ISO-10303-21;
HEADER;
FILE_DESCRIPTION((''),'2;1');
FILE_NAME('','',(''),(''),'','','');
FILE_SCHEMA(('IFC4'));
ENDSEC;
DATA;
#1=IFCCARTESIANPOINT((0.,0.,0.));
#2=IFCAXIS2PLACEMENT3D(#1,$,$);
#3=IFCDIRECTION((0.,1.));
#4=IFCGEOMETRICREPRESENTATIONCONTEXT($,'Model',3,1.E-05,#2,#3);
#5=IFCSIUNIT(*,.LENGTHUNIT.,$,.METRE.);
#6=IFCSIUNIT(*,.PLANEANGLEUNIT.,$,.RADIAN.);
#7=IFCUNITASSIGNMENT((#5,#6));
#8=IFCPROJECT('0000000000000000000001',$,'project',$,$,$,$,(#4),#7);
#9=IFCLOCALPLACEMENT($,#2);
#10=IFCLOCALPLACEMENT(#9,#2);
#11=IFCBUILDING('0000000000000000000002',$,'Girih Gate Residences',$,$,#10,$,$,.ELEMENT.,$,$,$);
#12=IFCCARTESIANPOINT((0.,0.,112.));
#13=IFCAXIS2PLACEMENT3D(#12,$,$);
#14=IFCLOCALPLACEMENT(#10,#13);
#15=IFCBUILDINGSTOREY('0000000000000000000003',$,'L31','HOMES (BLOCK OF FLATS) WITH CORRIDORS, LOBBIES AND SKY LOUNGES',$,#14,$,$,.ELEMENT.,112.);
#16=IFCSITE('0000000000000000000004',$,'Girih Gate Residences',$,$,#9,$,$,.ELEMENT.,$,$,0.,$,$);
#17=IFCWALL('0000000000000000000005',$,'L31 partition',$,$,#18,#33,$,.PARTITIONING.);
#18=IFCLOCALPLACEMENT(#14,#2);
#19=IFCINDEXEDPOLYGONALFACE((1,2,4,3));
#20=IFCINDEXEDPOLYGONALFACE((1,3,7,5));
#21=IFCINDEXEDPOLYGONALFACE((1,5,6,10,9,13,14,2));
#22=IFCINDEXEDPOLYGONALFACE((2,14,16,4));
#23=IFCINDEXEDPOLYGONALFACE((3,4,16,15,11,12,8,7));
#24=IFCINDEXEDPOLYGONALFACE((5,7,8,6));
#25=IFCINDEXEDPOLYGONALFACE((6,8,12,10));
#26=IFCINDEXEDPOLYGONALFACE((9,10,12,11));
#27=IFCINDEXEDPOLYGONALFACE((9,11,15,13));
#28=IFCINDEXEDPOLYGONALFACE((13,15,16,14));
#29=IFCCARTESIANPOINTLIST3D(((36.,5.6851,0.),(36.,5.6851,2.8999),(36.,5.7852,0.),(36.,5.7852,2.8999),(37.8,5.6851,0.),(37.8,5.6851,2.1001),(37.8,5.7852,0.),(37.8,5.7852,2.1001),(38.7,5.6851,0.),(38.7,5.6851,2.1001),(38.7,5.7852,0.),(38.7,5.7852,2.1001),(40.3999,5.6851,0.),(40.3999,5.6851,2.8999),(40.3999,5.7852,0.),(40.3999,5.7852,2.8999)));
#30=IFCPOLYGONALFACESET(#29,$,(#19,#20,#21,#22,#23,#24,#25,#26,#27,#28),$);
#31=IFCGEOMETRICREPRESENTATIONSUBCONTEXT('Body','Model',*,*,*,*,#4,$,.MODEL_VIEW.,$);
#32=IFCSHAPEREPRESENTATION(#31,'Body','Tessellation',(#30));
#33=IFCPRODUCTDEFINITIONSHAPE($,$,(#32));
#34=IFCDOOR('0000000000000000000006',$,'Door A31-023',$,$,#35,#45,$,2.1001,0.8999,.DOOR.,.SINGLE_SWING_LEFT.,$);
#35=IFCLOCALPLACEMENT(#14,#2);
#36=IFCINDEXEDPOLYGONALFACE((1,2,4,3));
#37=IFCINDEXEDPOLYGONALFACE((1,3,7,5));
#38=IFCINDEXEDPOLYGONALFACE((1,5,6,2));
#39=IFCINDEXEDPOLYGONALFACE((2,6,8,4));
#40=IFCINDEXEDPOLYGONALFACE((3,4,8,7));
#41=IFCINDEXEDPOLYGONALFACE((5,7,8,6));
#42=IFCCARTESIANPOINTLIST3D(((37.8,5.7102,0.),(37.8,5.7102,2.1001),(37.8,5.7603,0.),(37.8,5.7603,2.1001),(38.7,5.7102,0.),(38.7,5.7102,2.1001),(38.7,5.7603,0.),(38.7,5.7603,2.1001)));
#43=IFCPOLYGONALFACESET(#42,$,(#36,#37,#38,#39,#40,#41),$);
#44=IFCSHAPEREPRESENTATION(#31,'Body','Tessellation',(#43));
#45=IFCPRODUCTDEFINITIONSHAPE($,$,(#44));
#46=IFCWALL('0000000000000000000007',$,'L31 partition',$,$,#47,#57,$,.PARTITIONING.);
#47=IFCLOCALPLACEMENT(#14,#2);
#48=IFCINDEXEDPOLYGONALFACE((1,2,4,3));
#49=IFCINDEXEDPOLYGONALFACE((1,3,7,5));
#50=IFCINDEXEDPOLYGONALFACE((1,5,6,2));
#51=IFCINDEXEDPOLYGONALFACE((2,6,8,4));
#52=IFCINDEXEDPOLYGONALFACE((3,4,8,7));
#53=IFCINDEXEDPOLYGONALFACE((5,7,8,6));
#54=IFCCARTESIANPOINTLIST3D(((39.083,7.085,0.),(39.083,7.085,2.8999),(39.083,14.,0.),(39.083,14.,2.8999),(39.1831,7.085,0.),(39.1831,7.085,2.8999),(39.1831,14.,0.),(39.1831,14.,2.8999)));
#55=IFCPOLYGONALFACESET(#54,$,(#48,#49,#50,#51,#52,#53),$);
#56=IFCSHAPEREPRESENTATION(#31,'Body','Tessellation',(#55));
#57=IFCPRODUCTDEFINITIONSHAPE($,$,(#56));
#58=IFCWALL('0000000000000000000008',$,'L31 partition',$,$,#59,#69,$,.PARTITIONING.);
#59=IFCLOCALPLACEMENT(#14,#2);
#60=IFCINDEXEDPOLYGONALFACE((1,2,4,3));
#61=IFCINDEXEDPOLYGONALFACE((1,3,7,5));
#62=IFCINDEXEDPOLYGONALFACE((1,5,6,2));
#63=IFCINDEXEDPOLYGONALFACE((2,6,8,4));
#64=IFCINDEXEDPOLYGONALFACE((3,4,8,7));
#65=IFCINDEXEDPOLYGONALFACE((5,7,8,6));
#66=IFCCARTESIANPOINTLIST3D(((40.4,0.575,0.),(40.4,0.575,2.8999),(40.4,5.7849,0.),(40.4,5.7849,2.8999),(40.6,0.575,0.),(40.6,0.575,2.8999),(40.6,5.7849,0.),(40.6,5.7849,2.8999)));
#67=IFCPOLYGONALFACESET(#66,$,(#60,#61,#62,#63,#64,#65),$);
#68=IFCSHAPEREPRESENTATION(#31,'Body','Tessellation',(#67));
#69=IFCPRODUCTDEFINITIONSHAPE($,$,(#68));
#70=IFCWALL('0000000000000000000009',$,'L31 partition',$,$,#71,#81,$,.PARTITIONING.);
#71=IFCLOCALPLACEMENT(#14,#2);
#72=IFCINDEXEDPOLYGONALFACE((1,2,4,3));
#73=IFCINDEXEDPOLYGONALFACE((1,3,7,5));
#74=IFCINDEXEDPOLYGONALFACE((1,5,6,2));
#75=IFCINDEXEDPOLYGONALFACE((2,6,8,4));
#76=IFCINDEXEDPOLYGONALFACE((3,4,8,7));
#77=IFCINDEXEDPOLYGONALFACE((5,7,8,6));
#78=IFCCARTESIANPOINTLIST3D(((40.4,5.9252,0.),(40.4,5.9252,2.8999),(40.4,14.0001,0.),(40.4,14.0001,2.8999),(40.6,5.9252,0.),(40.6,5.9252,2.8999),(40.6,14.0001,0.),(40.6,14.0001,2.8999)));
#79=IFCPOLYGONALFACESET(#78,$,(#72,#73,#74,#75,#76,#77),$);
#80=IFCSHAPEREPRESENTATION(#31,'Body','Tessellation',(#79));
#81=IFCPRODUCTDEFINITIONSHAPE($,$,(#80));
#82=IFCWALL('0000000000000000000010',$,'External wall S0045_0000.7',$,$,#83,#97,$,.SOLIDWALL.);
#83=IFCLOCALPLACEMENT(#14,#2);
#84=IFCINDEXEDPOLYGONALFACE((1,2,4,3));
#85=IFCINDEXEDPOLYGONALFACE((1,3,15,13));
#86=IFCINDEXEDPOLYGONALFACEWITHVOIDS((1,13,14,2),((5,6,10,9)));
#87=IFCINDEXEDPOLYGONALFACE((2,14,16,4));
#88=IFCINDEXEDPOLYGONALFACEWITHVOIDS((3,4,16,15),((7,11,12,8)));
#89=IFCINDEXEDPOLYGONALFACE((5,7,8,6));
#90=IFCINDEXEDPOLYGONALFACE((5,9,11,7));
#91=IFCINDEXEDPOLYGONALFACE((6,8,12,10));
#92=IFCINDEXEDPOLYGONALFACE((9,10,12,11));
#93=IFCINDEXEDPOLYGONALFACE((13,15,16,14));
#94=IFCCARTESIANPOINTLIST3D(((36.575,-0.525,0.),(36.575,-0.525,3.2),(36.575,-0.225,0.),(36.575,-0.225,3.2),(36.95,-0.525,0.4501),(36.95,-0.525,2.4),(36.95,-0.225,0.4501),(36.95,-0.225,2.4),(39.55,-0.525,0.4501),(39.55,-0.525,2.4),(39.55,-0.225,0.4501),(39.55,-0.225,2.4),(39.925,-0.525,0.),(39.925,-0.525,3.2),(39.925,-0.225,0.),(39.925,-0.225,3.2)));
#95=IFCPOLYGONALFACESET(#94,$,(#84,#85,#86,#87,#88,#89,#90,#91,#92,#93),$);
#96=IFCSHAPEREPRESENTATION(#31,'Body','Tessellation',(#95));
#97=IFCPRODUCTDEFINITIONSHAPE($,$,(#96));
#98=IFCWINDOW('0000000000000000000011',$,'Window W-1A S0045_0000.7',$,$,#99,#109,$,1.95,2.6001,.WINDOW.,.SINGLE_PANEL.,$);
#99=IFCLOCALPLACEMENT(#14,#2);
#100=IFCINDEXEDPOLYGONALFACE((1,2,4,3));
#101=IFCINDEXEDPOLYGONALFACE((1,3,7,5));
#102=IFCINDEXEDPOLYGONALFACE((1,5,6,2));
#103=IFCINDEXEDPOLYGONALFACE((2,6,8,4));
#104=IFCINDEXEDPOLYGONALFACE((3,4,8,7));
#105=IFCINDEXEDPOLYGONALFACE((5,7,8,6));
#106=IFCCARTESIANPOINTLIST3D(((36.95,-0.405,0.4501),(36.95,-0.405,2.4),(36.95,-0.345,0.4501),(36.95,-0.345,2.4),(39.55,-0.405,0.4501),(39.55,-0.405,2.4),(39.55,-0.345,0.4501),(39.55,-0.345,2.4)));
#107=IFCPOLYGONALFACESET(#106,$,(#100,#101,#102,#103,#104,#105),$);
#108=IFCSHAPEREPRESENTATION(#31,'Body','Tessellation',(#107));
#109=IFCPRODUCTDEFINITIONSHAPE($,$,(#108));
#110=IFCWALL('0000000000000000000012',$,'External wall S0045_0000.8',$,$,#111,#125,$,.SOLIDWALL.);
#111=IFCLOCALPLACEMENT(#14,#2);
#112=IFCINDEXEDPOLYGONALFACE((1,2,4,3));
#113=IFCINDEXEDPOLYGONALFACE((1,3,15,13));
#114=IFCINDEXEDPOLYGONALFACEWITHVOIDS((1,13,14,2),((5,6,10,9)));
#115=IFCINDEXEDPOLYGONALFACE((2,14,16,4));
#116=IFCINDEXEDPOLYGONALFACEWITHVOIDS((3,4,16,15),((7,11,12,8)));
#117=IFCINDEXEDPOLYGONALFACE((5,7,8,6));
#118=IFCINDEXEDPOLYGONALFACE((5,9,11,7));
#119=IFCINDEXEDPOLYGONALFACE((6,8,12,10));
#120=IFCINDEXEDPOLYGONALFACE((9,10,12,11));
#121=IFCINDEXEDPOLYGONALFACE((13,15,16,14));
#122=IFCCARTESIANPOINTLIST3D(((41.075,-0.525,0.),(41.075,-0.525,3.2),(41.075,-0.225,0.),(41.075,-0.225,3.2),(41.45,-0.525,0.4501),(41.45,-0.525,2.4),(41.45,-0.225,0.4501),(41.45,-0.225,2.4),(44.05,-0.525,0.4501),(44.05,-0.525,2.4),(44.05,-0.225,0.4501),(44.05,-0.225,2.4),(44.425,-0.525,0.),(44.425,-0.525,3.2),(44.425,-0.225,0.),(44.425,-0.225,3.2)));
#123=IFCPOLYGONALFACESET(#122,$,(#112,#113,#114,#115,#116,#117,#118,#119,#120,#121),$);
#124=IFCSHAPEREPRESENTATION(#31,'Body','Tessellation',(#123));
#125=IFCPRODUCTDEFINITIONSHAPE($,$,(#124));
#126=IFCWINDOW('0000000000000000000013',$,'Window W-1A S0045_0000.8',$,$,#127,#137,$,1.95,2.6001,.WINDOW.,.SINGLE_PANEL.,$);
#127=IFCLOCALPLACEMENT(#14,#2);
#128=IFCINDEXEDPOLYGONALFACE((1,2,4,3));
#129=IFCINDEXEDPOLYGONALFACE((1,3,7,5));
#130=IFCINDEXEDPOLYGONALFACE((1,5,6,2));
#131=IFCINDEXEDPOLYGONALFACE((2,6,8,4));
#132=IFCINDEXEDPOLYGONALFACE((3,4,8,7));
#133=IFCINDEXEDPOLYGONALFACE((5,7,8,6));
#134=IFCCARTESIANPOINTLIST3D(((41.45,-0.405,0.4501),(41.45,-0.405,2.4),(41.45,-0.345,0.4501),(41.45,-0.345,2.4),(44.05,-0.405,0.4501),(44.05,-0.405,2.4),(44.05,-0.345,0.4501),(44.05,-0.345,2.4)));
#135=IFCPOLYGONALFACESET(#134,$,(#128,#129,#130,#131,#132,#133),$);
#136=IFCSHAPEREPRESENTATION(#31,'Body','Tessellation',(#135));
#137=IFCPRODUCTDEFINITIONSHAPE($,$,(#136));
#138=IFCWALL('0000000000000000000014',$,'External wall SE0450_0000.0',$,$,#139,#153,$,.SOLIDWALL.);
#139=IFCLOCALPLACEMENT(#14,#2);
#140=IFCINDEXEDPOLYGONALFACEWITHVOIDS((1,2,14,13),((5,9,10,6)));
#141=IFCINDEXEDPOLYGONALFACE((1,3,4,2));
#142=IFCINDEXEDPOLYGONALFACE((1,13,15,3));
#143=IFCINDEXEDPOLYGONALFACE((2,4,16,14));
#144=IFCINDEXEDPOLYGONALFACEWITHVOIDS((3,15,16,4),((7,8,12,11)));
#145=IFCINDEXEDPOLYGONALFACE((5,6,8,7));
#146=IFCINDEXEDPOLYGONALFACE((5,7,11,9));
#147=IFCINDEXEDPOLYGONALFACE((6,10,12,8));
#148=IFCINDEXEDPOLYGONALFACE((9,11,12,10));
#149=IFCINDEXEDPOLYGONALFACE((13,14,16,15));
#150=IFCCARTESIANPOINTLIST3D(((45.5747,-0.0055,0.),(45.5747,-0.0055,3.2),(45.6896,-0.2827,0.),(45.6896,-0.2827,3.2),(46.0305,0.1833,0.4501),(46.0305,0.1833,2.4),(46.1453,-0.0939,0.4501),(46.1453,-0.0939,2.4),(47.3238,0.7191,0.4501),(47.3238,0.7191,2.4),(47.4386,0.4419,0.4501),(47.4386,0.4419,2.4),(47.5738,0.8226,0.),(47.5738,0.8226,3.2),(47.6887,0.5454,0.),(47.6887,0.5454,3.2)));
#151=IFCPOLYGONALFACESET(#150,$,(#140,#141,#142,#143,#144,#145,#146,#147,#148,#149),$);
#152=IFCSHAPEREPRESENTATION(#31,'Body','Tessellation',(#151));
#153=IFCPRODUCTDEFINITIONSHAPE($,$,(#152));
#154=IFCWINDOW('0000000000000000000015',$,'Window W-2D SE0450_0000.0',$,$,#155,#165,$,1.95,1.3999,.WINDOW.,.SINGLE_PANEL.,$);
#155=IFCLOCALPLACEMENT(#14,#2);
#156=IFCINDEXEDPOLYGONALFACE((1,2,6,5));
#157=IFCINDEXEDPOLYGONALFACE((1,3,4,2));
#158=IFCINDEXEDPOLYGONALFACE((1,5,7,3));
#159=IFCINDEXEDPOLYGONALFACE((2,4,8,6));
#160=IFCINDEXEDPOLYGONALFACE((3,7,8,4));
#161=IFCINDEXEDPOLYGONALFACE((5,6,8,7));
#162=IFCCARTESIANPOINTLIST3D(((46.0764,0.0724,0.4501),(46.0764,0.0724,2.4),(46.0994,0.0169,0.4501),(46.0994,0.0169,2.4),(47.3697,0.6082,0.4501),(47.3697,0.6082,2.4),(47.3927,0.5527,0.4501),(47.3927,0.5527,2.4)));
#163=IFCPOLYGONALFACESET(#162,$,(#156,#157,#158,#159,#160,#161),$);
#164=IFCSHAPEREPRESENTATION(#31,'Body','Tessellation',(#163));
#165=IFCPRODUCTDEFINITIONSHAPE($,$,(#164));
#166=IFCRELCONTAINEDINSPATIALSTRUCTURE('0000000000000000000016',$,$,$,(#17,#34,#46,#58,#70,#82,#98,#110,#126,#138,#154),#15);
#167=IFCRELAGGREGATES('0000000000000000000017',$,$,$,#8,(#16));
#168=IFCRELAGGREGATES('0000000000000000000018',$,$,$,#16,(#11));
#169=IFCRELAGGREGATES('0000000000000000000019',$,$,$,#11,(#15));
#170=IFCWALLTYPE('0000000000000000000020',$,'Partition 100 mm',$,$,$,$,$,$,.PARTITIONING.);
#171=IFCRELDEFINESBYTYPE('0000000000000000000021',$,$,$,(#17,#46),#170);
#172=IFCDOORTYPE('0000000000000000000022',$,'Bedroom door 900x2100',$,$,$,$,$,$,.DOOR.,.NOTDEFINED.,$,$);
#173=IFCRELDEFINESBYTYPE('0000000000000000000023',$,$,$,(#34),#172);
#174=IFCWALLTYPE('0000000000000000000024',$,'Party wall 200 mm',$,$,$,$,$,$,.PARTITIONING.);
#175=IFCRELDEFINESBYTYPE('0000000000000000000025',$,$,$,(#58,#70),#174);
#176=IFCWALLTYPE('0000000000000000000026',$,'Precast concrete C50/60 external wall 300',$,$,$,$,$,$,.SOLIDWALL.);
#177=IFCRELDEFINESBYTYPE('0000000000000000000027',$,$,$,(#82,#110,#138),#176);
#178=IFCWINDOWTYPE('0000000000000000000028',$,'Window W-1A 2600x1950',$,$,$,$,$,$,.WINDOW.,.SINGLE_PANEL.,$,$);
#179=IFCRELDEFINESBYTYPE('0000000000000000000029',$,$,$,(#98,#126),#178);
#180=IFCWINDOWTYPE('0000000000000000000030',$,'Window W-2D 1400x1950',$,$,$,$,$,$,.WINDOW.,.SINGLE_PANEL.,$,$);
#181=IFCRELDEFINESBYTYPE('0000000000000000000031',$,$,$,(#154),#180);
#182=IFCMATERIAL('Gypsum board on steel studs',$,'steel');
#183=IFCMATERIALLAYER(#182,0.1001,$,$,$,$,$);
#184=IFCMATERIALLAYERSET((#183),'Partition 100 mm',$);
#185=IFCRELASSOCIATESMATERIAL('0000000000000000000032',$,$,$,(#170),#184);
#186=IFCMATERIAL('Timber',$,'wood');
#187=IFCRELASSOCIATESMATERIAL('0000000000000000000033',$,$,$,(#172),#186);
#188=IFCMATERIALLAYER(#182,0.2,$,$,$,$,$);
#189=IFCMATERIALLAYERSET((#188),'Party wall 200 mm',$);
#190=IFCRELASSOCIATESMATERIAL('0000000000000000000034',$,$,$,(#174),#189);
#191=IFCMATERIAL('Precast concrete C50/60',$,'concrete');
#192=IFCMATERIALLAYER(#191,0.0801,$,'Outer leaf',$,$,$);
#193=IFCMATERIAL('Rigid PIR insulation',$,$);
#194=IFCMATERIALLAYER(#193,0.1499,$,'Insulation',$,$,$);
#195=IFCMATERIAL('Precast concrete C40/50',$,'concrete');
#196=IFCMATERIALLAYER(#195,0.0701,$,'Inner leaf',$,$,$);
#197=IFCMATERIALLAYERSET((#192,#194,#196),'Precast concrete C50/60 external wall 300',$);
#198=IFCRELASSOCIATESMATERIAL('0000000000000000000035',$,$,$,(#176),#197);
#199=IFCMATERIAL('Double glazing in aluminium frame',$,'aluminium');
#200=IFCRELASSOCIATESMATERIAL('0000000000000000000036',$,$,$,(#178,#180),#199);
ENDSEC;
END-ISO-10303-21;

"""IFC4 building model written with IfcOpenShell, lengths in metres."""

from ifc_helpers import new_model, si_unit, direction, frame, frame_2d, origin, place, context, subcontext, project, spatial, rectangle, extrude, material, layer, layer_set, type_object, element, fill, save


model = new_model("IFC4")

# Units and contexts
model_context = context("Model", 3, precision=1e-05, world=origin(), true_north=direction((0.0, 1.0)))
body_context = subcontext(model_context, "Body", "Model", "MODEL_VIEW")
ifc_project = project(units=[si_unit("LENGTHUNIT", "METRE"), si_unit("PLANEANGLEUNIT", "RADIAN")], contexts=[model_context])

# Site, building, storey
site_placement = place(None, origin())
site = spatial("IfcSite", under=ifc_project, at=site_placement, Name="Girih Gate Residences", CompositionType="ELEMENT", RefElevation=0.0)
building_placement = place(site_placement, origin())
building = spatial("IfcBuilding", under=site, at=building_placement, Name="Girih Gate Residences", CompositionType="ELEMENT")
storey_placement = place(building_placement, frame((0.0, 0.0, 112.0)))
storey = spatial("IfcBuildingStorey", under=building, at=storey_placement, Name="L31", Description="HOMES (BLOCK OF FLATS) WITH CORRIDORS, LOBBIES AND SKY LOUNGES", CompositionType="ELEMENT", Elevation=112.0)

# Shared definitions
ifc_material_1 = material(Name="Gypsum board on steel studs", Category="steel")
ifc_layer_1 = layer(ifc_material_1, 0.1001)
ifc_layer_set_1 = layer_set([ifc_layer_1], Name="Partition 100 mm")
wall_type_1 = type_object("IfcWallType", Name="Partition 100 mm", PredefinedType="PARTITIONING", material=ifc_layer_set_1)
ifc_material_2 = material(Name="Timber", Category="wood")
door_type_1 = type_object("IfcDoorType", Name="Bedroom door 900x2100", OperationType="NOTDEFINED", PredefinedType="DOOR", material=ifc_material_2)

# Wall, opening, door
wall_1_placement = place(storey_placement, frame((40.3999, 5.7351, 0.0), z_axis=(0.0, 0.0, 1.0), x_axis=(-1.0, 0.0, 0.0)))
wall_1 = element("IfcWall", 1, at=wall_1_placement, inside=storey, type_object=wall_type_1, Name="L31 partition", PredefinedType="PARTITIONING", context=body_context, shape_type="SweptSolid", body=[
    extrude(rectangle(XDim=4.3999, YDim=0.1001, at=frame_2d((2.2, 0.0))), origin(), (0.0, 0.0, 1.0), 2.8999),
])
opening_1_placement = place(wall_1_placement, frame((1.7, 0.0, 0.0)))
opening_1 = element("IfcOpeningElement", 2, at=opening_1_placement, cuts=wall_1, PredefinedType="OPENING", context=body_context, shape_type="SweptSolid", body=[
    extrude(rectangle(XDim=0.8999, YDim=2.1001, at=frame_2d((0.45, 1.05))), frame((0.0, 0.0601, 0.0), z_axis=(0.0, -1.0, 0.0), x_axis=(1.0, 0.0, 0.0)), (0.0, 0.0, 1.0), 0.1201),
])
door_1_placement = place(opening_1_placement, origin())
door_1 = element("IfcDoor", 3, at=door_1_placement, inside=storey, type_object=door_type_1, Name="Door A31-023", OperationType="SINGLE_SWING_LEFT", OverallHeight=2.1001, OverallWidth=0.8999, PredefinedType="DOOR", context=body_context, shape_type="SweptSolid", body=[
    extrude(rectangle(XDim=0.8999, YDim=2.1001, at=frame_2d((0.45, 1.05))), frame((0.0, 0.0249, 0.0), z_axis=(0.0, -1.0, 0.0), x_axis=(1.0, 0.0, 0.0)), (0.0, 0.0, 1.0), 0.05),
])
fill(opening_1, door_1)

# Walls
wall_2_placement = place(storey_placement, frame((39.1331, 7.085, 0.0), z_axis=(0.0, 0.0, 1.0), x_axis=(0.0, 1.0, 0.0)))
element("IfcWall", 4, at=wall_2_placement, inside=storey, type_object=wall_type_1, Name="L31 partition", PredefinedType="PARTITIONING", context=body_context, shape_type="SweptSolid", body=[
    extrude(rectangle(XDim=6.915, YDim=0.1001, at=frame_2d((3.4575, 0.0))), origin(), (0.0, 0.0, 1.0), 2.8999),
])
ifc_layer_2 = layer(ifc_material_1, 0.2)
ifc_layer_set_2 = layer_set([ifc_layer_2], Name="Party wall 200 mm")
wall_type_2 = type_object("IfcWallType", Name="Party wall 200 mm", PredefinedType="PARTITIONING", material=ifc_layer_set_2)
wall_3_placement = place(storey_placement, frame((40.5, 0.575, 0.0), z_axis=(0.0, 0.0, 1.0), x_axis=(0.0, 1.0, 0.0)))
element("IfcWall", 5, at=wall_3_placement, inside=storey, type_object=wall_type_2, Name="L31 partition", PredefinedType="PARTITIONING", context=body_context, shape_type="SweptSolid", body=[
    extrude(rectangle(XDim=5.21, YDim=0.2, at=frame_2d((2.605, 0.0))), origin(), (0.0, 0.0, 1.0), 2.8999),
])
wall_4_placement = place(storey_placement, frame((40.5, 5.925, 0.0), z_axis=(0.0, 0.0, 1.0), x_axis=(0.0, 1.0, 0.0)))
element("IfcWall", 6, at=wall_4_placement, inside=storey, type_object=wall_type_2, Name="L31 partition", PredefinedType="PARTITIONING", context=body_context, shape_type="SweptSolid", body=[
    extrude(rectangle(XDim=8.075, YDim=0.2, at=frame_2d((4.0376, 0.0))), origin(), (0.0, 0.0, 1.0), 2.8999),
])

# Walls, openings, windows
ifc_material_3 = material(Name="Precast concrete C50/60", Category="concrete")
ifc_layer_3 = layer(ifc_material_3, 0.0801, Name="Outer leaf")
ifc_material_4 = material(Name="Rigid PIR insulation")
ifc_layer_4 = layer(ifc_material_4, 0.1499, Name="Insulation")
ifc_material_5 = material(Name="Precast concrete C40/50", Category="concrete")
ifc_layer_5 = layer(ifc_material_5, 0.0701, Name="Inner leaf")
ifc_layer_set_3 = layer_set([ifc_layer_3, ifc_layer_4, ifc_layer_5], Name="Precast concrete C50/60 external wall 300")
wall_type_3 = type_object("IfcWallType", Name="Precast concrete C50/60 external wall 300", PredefinedType="SOLIDWALL", material=ifc_layer_set_3)
wall_5_placement = place(storey_placement, frame((39.925, -0.375, 0.0), z_axis=(0.0, 0.0, 1.0), x_axis=(-1.0, 0.0, 0.0)))
wall_5 = element("IfcWall", 7, at=wall_5_placement, inside=storey, type_object=wall_type_3, Name="External wall S0045_0000.7", PredefinedType="SOLIDWALL", context=body_context, shape_type="SweptSolid", body=[
    extrude(rectangle(XDim=3.3501, YDim=0.3, at=frame_2d((1.675, 0.0))), origin(), (0.0, 0.0, 1.0), 3.2),
])
opening_2_placement = place(wall_5_placement, frame((0.375, 0.0, 0.45)))
opening_2 = element("IfcOpeningElement", 8, at=opening_2_placement, cuts=wall_5, PredefinedType="OPENING", context=body_context, shape_type="SweptSolid", body=[
    extrude(rectangle(XDim=2.6001, YDim=1.95, at=frame_2d((1.3, 0.9751))), frame((0.0, 0.1599, 0.0), z_axis=(0.0, -1.0, 0.0), x_axis=(1.0, 0.0, 0.0)), (0.0, 0.0, 1.0), 0.3201),
])
ifc_material_6 = material(Name="Double glazing in aluminium frame", Category="aluminium")
window_type_1 = type_object("IfcWindowType", Name="Window W-1A 2600x1950", PartitioningType="SINGLE_PANEL", PredefinedType="WINDOW", material=ifc_material_6)
window_1_placement = place(opening_2_placement, origin())
window_1 = element("IfcWindow", 9, at=window_1_placement, inside=storey, type_object=window_type_1, Name="Window W-1A S0045_0000.7", OverallHeight=1.95, OverallWidth=2.6001, PartitioningType="SINGLE_PANEL", PredefinedType="WINDOW", context=body_context, shape_type="SweptSolid", body=[
    extrude(rectangle(XDim=2.6001, YDim=1.95, at=frame_2d((1.3, 0.9751))), frame((0.0, 0.03, 0.0), z_axis=(0.0, -1.0, 0.0), x_axis=(1.0, 0.0, 0.0)), (0.0, 0.0, 1.0), 0.0601),
])
fill(opening_2, window_1)
wall_6_placement = place(storey_placement, frame((44.425, -0.375, 0.0), z_axis=(0.0, 0.0, 1.0), x_axis=(-1.0, 0.0, 0.0)))
wall_6 = element("IfcWall", 10, at=wall_6_placement, inside=storey, type_object=wall_type_3, Name="External wall S0045_0000.8", PredefinedType="SOLIDWALL", context=body_context, shape_type="SweptSolid", body=[
    extrude(rectangle(XDim=3.3501, YDim=0.3, at=frame_2d((1.675, 0.0))), origin(), (0.0, 0.0, 1.0), 3.2),
])
opening_3_placement = place(wall_6_placement, frame((0.375, 0.0, 0.45)))
opening_3 = element("IfcOpeningElement", 11, at=opening_3_placement, cuts=wall_6, PredefinedType="OPENING", context=body_context, shape_type="SweptSolid", body=[
    extrude(rectangle(XDim=2.6001, YDim=1.95, at=frame_2d((1.3, 0.9751))), frame((0.0, 0.1599, 0.0), z_axis=(0.0, -1.0, 0.0), x_axis=(1.0, 0.0, 0.0)), (0.0, 0.0, 1.0), 0.3201),
])
window_2_placement = place(opening_3_placement, origin())
window_2 = element("IfcWindow", 12, at=window_2_placement, inside=storey, type_object=window_type_1, Name="Window W-1A S0045_0000.8", OverallHeight=1.95, OverallWidth=2.6001, PartitioningType="SINGLE_PANEL", PredefinedType="WINDOW", context=body_context, shape_type="SweptSolid", body=[
    extrude(rectangle(XDim=2.6001, YDim=1.95, at=frame_2d((1.3, 0.9751))), frame((0.0, 0.03, 0.0), z_axis=(0.0, -1.0, 0.0), x_axis=(1.0, 0.0, 0.0)), (0.0, 0.0, 1.0), 0.0601),
])
fill(opening_3, window_2)
wall_7_placement = place(storey_placement, frame((47.6313, 0.6841, 0.0), z_axis=(0.0, 0.0, 1.0), x_axis=(-0.923863, -0.382724, 0.0)))
wall_7 = element("IfcWall", 13, at=wall_7_placement, inside=storey, type_object=wall_type_3, Name="External wall SE0450_0000.0", PredefinedType="SOLIDWALL", context=body_context, shape_type="SweptSolid", body=[
    extrude(rectangle(XDim=2.1638, YDim=0.3, at=frame_2d((1.082, 0.0))), origin(), (0.0, 0.0, 1.0), 3.2),
])
opening_4_placement = place(wall_7_placement, frame((0.2708, 0.0, 0.45)))
opening_4 = element("IfcOpeningElement", 14, at=opening_4_placement, cuts=wall_7, PredefinedType="OPENING", context=body_context, shape_type="SweptSolid", body=[
    extrude(rectangle(XDim=1.3999, YDim=1.95, at=frame_2d((0.7, 0.9751))), frame((0.0, 0.1599, 0.0), z_axis=(0.0, -1.0, 0.0), x_axis=(1.0, 0.0, 0.0)), (0.0, 0.0, 1.0), 0.3201),
])
window_type_2 = type_object("IfcWindowType", Name="Window W-2D 1400x1950", PartitioningType="SINGLE_PANEL", PredefinedType="WINDOW", material=ifc_material_6)
window_3_placement = place(opening_4_placement, origin())
window_3 = element("IfcWindow", 15, at=window_3_placement, inside=storey, type_object=window_type_2, Name="Window W-2D SE0450_0000.0", OverallHeight=1.95, OverallWidth=1.3999, PartitioningType="SINGLE_PANEL", PredefinedType="WINDOW", context=body_context, shape_type="SweptSolid", body=[
    extrude(rectangle(XDim=1.3999, YDim=1.95, at=frame_2d((0.7, 0.9751))), frame((0.0, 0.03, 0.0), z_axis=(0.0, -1.0, 0.0), x_axis=(1.0, 0.0, 0.0)), (0.0, 0.0, 1.0), 0.0601),
])
fill(opening_4, window_3)

save(model, "model.ifc")
